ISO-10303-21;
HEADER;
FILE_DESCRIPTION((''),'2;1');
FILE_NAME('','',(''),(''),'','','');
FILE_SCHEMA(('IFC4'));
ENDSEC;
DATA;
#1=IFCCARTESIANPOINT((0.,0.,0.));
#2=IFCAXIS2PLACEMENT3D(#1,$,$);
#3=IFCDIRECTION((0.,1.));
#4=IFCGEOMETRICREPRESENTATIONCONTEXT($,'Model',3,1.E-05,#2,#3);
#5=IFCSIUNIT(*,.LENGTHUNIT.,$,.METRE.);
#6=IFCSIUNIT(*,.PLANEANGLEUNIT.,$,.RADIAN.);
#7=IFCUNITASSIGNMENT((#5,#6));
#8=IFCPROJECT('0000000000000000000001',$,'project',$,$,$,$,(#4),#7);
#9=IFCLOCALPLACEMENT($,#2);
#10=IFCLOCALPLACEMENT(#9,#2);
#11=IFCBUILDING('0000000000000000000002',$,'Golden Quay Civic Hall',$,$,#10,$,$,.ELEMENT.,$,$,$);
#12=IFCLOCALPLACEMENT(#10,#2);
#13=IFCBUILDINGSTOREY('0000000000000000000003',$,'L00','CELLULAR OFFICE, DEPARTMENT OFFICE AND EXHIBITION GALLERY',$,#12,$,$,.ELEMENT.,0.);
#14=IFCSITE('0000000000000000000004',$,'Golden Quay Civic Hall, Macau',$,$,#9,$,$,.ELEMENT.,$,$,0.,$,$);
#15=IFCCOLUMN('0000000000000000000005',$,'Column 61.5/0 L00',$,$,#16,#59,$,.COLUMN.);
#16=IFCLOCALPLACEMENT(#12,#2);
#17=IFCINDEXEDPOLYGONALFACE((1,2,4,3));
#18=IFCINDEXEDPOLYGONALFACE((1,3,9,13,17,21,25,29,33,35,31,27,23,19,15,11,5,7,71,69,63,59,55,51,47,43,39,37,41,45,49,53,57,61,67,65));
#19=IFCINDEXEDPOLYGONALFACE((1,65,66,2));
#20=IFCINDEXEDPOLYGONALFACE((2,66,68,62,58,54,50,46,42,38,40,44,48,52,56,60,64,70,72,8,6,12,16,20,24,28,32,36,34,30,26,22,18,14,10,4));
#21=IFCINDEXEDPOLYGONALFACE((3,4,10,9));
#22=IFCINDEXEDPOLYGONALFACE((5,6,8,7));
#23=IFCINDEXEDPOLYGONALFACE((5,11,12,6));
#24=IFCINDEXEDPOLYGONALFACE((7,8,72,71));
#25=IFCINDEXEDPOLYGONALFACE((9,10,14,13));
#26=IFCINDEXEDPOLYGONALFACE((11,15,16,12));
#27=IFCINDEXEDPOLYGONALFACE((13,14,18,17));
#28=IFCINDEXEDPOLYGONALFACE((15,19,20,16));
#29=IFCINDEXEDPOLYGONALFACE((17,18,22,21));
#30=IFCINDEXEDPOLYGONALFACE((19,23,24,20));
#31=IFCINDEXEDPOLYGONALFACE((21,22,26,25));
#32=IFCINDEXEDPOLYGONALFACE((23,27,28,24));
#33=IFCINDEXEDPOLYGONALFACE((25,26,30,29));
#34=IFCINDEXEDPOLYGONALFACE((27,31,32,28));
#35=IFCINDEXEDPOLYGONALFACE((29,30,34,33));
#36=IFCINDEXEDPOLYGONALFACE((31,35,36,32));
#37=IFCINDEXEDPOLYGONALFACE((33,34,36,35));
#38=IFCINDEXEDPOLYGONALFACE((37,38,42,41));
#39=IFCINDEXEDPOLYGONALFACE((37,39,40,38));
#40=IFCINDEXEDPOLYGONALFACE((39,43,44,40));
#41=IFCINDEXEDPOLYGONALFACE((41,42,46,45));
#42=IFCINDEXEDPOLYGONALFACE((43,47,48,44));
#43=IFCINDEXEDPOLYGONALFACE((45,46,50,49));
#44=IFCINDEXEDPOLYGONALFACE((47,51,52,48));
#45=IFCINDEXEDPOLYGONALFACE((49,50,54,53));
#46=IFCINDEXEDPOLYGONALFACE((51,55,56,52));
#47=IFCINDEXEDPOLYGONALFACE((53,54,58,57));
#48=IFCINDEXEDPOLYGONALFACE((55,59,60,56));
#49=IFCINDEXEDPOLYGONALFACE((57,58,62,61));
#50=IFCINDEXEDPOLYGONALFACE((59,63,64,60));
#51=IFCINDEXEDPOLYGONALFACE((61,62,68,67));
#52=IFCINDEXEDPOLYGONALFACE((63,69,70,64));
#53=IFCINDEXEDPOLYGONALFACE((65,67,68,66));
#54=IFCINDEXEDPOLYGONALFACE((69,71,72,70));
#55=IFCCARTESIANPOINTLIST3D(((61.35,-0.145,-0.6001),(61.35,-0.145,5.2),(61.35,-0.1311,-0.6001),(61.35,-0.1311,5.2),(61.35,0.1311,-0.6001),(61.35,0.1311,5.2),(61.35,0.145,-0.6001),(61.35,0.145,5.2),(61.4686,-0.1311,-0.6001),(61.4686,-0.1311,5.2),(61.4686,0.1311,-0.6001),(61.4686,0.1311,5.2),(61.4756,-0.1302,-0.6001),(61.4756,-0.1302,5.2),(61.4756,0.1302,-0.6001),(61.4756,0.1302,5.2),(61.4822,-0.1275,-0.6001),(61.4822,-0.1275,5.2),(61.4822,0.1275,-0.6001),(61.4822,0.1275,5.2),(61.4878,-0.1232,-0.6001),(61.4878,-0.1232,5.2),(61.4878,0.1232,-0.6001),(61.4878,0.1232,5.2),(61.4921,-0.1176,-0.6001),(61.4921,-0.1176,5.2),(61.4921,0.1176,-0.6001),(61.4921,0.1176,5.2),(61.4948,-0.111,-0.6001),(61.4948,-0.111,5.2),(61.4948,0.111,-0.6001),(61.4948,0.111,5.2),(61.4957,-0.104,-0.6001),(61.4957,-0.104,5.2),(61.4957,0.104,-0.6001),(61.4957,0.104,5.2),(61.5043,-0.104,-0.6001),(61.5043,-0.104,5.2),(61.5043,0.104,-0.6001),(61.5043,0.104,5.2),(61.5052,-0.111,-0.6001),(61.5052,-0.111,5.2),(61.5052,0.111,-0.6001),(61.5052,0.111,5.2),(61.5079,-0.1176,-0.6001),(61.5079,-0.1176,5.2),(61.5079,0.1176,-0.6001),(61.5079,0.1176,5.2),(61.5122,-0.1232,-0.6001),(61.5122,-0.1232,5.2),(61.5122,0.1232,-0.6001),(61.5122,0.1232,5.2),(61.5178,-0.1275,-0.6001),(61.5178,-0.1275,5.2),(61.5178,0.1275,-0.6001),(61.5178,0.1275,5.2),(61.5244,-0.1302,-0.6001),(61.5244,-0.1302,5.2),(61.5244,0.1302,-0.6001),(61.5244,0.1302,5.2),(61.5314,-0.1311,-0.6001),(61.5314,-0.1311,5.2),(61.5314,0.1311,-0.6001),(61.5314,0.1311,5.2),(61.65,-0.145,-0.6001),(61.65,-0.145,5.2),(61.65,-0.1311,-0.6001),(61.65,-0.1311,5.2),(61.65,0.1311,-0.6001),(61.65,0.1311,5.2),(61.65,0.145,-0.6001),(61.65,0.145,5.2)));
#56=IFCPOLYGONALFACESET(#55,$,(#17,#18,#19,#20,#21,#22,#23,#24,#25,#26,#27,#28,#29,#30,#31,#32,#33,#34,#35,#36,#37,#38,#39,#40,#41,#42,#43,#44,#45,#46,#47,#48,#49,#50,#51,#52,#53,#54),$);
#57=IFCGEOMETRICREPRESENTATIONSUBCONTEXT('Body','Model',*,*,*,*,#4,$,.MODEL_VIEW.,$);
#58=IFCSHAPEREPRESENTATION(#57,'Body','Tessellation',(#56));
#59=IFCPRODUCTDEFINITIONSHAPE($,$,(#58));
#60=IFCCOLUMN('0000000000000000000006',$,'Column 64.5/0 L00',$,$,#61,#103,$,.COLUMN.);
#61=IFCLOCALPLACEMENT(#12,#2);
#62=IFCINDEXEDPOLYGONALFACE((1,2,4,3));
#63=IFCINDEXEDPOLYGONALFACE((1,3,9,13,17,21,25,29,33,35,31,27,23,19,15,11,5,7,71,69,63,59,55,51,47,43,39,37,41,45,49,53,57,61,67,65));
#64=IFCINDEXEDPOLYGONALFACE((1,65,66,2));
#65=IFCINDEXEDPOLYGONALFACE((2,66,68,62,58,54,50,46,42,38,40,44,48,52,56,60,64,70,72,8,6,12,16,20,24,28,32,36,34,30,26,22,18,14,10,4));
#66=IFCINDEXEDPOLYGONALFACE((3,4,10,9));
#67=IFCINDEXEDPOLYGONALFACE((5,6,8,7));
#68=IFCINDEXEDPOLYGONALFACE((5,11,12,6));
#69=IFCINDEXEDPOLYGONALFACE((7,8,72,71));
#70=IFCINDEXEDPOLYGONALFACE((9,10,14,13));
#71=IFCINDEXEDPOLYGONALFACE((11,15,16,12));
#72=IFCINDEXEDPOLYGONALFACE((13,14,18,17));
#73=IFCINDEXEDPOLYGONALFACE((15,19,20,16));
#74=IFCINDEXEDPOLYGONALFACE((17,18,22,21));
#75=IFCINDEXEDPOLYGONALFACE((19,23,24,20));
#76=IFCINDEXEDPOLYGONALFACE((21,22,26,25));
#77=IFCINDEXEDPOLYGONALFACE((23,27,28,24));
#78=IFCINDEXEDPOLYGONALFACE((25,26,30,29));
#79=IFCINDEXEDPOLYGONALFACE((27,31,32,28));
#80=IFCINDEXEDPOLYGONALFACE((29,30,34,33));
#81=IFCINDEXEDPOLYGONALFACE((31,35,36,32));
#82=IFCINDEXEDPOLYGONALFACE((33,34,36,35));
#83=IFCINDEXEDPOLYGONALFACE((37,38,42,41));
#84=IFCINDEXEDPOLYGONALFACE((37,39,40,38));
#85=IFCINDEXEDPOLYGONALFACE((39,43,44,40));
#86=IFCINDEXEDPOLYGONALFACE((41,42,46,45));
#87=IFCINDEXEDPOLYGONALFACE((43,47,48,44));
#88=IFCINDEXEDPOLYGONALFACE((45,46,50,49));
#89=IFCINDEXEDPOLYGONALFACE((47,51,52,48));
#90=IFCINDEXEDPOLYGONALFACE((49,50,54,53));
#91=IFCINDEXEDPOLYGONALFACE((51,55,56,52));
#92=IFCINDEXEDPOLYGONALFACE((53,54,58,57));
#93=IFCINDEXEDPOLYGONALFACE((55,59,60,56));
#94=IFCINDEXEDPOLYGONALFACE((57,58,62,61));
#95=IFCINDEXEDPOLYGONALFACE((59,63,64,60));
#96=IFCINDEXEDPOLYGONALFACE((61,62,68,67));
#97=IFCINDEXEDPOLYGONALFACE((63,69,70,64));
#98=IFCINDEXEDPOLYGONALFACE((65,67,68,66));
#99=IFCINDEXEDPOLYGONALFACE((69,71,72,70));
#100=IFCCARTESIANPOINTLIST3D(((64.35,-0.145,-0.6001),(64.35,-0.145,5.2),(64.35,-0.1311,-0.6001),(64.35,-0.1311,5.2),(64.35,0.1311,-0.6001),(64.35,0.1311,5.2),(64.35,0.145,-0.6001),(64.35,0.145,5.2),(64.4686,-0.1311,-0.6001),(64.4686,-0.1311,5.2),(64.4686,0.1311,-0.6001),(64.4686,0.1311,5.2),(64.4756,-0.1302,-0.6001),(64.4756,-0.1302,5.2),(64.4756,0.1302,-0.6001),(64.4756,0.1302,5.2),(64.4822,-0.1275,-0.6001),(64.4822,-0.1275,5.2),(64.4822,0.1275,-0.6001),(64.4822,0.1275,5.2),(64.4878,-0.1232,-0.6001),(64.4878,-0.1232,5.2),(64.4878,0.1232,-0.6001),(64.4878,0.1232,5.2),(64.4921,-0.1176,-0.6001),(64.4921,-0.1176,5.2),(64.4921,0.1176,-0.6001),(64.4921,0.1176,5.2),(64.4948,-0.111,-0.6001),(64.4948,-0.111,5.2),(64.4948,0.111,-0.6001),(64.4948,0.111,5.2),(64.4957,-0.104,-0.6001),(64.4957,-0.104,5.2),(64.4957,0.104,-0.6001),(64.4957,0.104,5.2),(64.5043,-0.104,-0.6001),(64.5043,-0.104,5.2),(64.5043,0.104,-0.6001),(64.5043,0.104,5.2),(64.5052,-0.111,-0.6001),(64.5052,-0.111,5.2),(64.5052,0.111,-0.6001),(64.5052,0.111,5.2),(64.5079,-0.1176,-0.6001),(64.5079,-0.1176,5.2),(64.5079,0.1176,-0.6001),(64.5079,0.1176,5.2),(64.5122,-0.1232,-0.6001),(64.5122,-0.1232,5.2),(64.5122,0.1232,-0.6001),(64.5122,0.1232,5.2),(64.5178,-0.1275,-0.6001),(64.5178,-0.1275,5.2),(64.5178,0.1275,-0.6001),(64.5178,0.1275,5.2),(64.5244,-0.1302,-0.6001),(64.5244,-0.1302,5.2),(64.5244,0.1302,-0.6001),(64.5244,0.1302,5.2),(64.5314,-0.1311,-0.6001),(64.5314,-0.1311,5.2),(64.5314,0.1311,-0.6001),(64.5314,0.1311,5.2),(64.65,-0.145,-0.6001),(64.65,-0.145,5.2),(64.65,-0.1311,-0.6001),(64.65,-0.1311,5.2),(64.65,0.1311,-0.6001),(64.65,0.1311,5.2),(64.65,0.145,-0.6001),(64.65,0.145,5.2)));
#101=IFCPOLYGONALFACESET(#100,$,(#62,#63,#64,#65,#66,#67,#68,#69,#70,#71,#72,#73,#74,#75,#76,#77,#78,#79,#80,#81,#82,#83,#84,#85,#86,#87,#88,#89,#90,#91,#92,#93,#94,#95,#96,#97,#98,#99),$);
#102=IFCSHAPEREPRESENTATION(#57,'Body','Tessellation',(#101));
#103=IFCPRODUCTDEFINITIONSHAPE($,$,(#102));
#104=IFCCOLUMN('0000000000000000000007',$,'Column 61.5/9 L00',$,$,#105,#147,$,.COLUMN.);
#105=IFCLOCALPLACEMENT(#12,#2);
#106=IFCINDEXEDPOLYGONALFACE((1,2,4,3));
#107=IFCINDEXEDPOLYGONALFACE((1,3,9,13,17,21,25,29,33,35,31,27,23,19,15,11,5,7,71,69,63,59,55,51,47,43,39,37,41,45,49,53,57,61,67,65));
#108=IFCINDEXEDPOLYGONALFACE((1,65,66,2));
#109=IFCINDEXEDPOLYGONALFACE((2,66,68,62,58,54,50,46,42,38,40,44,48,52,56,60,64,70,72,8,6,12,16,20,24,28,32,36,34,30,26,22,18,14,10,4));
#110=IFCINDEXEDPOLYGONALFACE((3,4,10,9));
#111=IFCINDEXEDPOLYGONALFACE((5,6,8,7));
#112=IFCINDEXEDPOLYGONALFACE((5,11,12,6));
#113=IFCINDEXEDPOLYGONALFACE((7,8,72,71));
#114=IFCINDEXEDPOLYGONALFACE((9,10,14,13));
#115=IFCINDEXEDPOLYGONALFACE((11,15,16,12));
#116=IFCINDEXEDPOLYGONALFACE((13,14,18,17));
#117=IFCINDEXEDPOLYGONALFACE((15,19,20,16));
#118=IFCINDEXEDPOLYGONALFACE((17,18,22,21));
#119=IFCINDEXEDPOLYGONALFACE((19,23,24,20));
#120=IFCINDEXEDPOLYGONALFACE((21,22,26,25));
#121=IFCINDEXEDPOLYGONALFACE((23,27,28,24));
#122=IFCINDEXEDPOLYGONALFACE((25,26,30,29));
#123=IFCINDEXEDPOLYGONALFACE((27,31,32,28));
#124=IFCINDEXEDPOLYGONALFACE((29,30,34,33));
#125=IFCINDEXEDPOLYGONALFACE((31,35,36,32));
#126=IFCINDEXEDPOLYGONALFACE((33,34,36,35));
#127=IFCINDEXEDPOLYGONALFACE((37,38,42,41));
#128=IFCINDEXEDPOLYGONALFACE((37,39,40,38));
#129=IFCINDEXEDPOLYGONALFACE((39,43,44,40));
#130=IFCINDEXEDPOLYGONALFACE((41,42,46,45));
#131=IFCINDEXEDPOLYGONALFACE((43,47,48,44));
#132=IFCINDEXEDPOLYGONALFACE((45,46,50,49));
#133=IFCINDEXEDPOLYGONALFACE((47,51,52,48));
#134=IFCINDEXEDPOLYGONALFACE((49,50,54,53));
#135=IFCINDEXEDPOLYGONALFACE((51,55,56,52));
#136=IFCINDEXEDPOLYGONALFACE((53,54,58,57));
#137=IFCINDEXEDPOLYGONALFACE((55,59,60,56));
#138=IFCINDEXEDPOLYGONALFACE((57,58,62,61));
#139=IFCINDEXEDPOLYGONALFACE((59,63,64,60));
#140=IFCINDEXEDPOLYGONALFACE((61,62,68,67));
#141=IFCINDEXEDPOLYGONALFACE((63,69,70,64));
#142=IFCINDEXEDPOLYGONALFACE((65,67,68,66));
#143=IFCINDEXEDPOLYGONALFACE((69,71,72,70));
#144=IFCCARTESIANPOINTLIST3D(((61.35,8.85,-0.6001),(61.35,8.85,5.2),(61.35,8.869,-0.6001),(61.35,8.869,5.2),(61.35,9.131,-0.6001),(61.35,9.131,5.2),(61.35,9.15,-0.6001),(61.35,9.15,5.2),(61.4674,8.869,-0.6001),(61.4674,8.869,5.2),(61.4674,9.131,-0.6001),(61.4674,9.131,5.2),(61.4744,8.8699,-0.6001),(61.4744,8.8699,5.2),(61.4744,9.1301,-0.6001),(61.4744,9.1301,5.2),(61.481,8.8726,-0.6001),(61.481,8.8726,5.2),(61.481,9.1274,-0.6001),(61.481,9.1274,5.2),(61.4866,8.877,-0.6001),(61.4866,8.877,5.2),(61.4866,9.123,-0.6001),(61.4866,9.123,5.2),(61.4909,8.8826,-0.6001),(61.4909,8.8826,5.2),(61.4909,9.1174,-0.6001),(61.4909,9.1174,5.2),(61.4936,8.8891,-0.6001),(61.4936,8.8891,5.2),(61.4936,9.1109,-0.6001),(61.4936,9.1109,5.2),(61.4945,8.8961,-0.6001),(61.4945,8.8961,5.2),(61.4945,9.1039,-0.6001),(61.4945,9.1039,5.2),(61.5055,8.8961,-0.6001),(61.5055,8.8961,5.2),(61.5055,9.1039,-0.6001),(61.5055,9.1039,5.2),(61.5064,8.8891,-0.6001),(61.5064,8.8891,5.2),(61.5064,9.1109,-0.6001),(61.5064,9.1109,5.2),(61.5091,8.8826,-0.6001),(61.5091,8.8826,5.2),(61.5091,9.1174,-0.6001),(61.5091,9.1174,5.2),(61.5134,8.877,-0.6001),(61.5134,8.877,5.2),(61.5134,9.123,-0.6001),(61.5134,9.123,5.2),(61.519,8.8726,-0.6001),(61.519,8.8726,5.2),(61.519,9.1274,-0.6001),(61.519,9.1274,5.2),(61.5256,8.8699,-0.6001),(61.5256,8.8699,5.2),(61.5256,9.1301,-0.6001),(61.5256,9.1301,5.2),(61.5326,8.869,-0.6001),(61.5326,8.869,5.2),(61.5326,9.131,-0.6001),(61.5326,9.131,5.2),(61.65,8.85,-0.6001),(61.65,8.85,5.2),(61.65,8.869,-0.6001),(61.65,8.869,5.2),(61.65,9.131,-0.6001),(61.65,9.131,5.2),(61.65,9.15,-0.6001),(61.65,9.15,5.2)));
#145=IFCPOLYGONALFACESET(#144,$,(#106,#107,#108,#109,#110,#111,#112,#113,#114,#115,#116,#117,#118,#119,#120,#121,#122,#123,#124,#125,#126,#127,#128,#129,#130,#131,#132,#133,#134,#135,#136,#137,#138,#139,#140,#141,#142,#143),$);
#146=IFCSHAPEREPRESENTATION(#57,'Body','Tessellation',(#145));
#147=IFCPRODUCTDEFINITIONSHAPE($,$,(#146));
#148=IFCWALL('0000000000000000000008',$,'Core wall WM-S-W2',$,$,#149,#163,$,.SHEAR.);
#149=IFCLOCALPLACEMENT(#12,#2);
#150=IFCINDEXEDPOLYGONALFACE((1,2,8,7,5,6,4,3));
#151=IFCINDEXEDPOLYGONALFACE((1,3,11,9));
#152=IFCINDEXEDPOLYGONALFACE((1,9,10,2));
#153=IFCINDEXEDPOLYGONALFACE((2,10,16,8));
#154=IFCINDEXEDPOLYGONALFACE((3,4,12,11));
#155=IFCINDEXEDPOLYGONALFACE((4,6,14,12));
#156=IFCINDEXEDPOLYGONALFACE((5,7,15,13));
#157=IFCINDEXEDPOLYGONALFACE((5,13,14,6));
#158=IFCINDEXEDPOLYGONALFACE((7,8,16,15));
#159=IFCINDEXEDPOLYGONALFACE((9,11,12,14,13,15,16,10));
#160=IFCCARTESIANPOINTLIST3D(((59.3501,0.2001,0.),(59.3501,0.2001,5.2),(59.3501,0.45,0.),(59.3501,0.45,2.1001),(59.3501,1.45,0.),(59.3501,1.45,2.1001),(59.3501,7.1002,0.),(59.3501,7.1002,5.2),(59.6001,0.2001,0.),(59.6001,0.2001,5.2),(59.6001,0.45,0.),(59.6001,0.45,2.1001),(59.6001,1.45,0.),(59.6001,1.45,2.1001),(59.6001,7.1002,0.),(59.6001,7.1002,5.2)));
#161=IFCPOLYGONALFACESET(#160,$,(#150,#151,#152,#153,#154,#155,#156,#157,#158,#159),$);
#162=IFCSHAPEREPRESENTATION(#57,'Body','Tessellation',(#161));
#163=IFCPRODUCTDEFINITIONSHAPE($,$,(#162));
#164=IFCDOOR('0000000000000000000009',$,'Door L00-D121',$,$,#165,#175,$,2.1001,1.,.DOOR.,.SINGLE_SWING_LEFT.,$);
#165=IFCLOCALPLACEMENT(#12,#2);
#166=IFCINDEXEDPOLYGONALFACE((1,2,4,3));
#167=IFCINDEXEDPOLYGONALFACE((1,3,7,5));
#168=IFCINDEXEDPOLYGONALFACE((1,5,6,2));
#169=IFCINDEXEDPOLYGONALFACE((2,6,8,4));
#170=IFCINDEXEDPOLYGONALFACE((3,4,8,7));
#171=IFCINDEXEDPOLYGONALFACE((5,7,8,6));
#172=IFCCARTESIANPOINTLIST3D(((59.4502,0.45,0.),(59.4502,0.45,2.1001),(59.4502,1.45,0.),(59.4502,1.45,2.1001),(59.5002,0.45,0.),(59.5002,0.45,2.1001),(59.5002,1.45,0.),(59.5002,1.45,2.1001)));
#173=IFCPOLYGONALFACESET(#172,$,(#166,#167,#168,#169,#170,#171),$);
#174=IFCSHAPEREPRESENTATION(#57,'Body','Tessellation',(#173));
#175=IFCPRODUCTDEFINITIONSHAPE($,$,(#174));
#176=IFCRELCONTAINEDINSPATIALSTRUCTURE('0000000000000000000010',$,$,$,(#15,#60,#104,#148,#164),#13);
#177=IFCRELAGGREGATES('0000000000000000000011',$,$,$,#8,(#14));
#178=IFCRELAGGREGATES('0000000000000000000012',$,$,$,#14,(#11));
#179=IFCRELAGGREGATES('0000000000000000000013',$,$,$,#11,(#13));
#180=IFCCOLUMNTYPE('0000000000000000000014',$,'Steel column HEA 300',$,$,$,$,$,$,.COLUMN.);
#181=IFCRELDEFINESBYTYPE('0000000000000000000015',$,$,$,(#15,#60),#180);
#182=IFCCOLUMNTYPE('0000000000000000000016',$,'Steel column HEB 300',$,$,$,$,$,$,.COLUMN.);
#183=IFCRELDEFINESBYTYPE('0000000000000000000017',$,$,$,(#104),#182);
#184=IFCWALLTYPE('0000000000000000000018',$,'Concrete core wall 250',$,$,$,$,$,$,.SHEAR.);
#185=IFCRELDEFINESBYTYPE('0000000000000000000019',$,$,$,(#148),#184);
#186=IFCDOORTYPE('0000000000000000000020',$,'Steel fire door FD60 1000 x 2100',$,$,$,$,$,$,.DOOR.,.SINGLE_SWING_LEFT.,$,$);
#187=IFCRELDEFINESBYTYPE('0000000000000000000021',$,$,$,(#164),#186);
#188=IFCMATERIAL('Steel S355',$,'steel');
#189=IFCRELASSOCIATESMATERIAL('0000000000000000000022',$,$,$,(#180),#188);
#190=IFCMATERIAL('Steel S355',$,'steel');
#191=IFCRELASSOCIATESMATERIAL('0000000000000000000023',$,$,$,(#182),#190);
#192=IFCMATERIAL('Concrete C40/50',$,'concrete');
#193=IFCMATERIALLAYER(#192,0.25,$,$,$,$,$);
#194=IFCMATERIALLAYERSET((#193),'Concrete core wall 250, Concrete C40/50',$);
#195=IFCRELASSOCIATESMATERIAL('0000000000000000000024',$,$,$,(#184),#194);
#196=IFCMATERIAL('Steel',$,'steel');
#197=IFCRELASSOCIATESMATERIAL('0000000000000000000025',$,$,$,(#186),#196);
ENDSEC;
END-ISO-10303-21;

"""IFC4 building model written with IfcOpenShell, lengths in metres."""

from ifc_helpers import new_model, si_unit, direction, frame, frame_2d, origin, origin_2d, place, context, subcontext, project, spatial, rectangle, i_section, extrude, material, layer, layer_set, material_profile, profile_set, type_object, element, fill, save


model = new_model("IFC4")

# Units and contexts
model_context = context("Model", 3, precision=1e-05, world=origin(), true_north=direction((0.0, 1.0)))
body_context = subcontext(model_context, "Body", "Model", "MODEL_VIEW")
ifc_project = project(units=[si_unit("LENGTHUNIT", "METRE"), si_unit("PLANEANGLEUNIT", "RADIAN")], contexts=[model_context])

# Site, building, storey
site_placement = place(None, origin())
site = spatial("IfcSite", under=ifc_project, at=site_placement, Name="Golden Quay Civic Hall, Macau", CompositionType="ELEMENT", RefElevation=0.0)
building_placement = place(site_placement, origin())
building = spatial("IfcBuilding", under=site, at=building_placement, Name="Golden Quay Civic Hall", CompositionType="ELEMENT")
storey_placement = place(building_placement, origin())
storey = spatial("IfcBuildingStorey", under=building, at=storey_placement, Name="L00", Description="CELLULAR OFFICE, DEPARTMENT OFFICE AND EXHIBITION GALLERY", CompositionType="ELEMENT", Elevation=0.0)

# Columns
ifc_material_1 = material(Name="Steel S355", Category="steel")
ifc_material_profile_1 = material_profile(ifc_material_1, i_section(OverallWidth=0.3, OverallDepth=0.29, WebThickness=0.0085, FlangeThickness=0.0139, FilletRadius=0.0271, at=origin_2d()), Name="HEA 300")
ifc_profile_set_1 = profile_set([ifc_material_profile_1], Name="Steel S355")
column_type_1 = type_object("IfcColumnType", Name="Steel column HEA 300", PredefinedType="COLUMN", material=ifc_profile_set_1)
for number, where, z_axis, x_axis, name in (
    (1, (61.5, 0.0, -0.6001), (0.0, 0.0, 1.0), (1.0, 0.0, 0.0), "Column 61.5/0 L00"),
    (2, (64.5, 0.0, -0.6001), (0.0, 0.0, 1.0), (1.0, 0.0, 0.0), "Column 64.5/0 L00"),
):
    element("IfcColumn", number, at=place(storey_placement, frame(where, z_axis=z_axis, x_axis=x_axis)), inside=storey, type_object=column_type_1, Name=name, PredefinedType="COLUMN", context=body_context, shape_type="SweptSolid", body=[
        extrude(i_section(OverallWidth=0.3, OverallDepth=0.29, WebThickness=0.0085, FlangeThickness=0.0139, FilletRadius=0.0271, at=origin_2d()), origin(), (0.0, 0.0, 1.0), 5.8),
    ])
ifc_material_2 = material(Name="Steel S355", Category="steel")
ifc_material_profile_2 = material_profile(ifc_material_2, i_section(OverallWidth=0.3, OverallDepth=0.3, WebThickness=0.011, FlangeThickness=0.019, FilletRadius=0.0271, at=origin_2d()), Name="HEB 300")
ifc_profile_set_2 = profile_set([ifc_material_profile_2], Name="Steel S355")
column_type_2 = type_object("IfcColumnType", Name="Steel column HEB 300", PredefinedType="COLUMN", material=ifc_profile_set_2)
column_placement = place(storey_placement, frame((61.5, 9.0, -0.6001), z_axis=(0.0, 0.0, 1.0), x_axis=(1.0, 0.0, 0.0)))
element("IfcColumn", 3, at=column_placement, inside=storey, type_object=column_type_2, Name="Column 61.5/9 L00", PredefinedType="COLUMN", context=body_context, shape_type="SweptSolid", body=[
    extrude(i_section(OverallWidth=0.3, OverallDepth=0.3, WebThickness=0.011, FlangeThickness=0.019, FilletRadius=0.0271, at=origin_2d()), origin(), (0.0, 0.0, 1.0), 5.8),
])

# Wall, opening, door
ifc_material_3 = material(Name="Concrete C40/50", Category="concrete")
ifc_layer_1 = layer(ifc_material_3, 0.25)
ifc_layer_set_1 = layer_set([ifc_layer_1], Name="Concrete core wall 250, Concrete C40/50")
wall_type_1 = type_object("IfcWallType", Name="Concrete core wall 250", PredefinedType="SHEAR", material=ifc_layer_set_1)
wall_1_placement = place(storey_placement, frame((59.4751, 0.2, 0.0), z_axis=(0.0, 0.0, 1.0), x_axis=(0.0, 1.0, 0.0)))
wall_1 = element("IfcWall", 4, at=wall_1_placement, inside=storey, type_object=wall_type_1, Name="Core wall WM-S-W2", PredefinedType="SHEAR", context=body_context, shape_type="SweptSolid", body=[
    extrude(rectangle(XDim=6.9001, YDim=0.25, at=frame_2d((3.4502, 0.0))), origin(), (0.0, 0.0, 1.0), 5.2),
])
opening_1_placement = place(wall_1_placement, frame((0.25, 0.0, 0.0)))
opening_1 = element("IfcOpeningElement", 5, at=opening_1_placement, cuts=wall_1, PredefinedType="OPENING", context=body_context, shape_type="SweptSolid", body=[
    extrude(rectangle(XDim=1.0, YDim=2.1001, at=frame_2d((0.5, 1.05))), frame((0.0, 0.135, 0.0), z_axis=(0.0, -1.0, 0.0), x_axis=(1.0, 0.0, 0.0)), (0.0, 0.0, 1.0), 0.27),
])
ifc_material_4 = material(Name="Steel", Category="steel")
door_type_1 = type_object("IfcDoorType", Name="Steel fire door FD60 1000 x 2100", OperationType="SINGLE_SWING_LEFT", PredefinedType="DOOR", material=ifc_material_4)
door_1_placement = place(opening_1_placement, origin())
door_1 = element("IfcDoor", 6, at=door_1_placement, inside=storey, type_object=door_type_1, Name="Door L00-D121", OperationType="SINGLE_SWING_LEFT", OverallHeight=2.1001, OverallWidth=1.0, PredefinedType="DOOR", context=body_context, shape_type="SweptSolid", body=[
    extrude(rectangle(XDim=1.0, YDim=2.1001, at=frame_2d((0.5, 1.05))), frame((0.0, 0.0249, 0.0), z_axis=(0.0, -1.0, 0.0), x_axis=(1.0, 0.0, 0.0)), (0.0, 0.0, 1.0), 0.05),
])
fill(opening_1, door_1)

save(model, "model.ifc")
